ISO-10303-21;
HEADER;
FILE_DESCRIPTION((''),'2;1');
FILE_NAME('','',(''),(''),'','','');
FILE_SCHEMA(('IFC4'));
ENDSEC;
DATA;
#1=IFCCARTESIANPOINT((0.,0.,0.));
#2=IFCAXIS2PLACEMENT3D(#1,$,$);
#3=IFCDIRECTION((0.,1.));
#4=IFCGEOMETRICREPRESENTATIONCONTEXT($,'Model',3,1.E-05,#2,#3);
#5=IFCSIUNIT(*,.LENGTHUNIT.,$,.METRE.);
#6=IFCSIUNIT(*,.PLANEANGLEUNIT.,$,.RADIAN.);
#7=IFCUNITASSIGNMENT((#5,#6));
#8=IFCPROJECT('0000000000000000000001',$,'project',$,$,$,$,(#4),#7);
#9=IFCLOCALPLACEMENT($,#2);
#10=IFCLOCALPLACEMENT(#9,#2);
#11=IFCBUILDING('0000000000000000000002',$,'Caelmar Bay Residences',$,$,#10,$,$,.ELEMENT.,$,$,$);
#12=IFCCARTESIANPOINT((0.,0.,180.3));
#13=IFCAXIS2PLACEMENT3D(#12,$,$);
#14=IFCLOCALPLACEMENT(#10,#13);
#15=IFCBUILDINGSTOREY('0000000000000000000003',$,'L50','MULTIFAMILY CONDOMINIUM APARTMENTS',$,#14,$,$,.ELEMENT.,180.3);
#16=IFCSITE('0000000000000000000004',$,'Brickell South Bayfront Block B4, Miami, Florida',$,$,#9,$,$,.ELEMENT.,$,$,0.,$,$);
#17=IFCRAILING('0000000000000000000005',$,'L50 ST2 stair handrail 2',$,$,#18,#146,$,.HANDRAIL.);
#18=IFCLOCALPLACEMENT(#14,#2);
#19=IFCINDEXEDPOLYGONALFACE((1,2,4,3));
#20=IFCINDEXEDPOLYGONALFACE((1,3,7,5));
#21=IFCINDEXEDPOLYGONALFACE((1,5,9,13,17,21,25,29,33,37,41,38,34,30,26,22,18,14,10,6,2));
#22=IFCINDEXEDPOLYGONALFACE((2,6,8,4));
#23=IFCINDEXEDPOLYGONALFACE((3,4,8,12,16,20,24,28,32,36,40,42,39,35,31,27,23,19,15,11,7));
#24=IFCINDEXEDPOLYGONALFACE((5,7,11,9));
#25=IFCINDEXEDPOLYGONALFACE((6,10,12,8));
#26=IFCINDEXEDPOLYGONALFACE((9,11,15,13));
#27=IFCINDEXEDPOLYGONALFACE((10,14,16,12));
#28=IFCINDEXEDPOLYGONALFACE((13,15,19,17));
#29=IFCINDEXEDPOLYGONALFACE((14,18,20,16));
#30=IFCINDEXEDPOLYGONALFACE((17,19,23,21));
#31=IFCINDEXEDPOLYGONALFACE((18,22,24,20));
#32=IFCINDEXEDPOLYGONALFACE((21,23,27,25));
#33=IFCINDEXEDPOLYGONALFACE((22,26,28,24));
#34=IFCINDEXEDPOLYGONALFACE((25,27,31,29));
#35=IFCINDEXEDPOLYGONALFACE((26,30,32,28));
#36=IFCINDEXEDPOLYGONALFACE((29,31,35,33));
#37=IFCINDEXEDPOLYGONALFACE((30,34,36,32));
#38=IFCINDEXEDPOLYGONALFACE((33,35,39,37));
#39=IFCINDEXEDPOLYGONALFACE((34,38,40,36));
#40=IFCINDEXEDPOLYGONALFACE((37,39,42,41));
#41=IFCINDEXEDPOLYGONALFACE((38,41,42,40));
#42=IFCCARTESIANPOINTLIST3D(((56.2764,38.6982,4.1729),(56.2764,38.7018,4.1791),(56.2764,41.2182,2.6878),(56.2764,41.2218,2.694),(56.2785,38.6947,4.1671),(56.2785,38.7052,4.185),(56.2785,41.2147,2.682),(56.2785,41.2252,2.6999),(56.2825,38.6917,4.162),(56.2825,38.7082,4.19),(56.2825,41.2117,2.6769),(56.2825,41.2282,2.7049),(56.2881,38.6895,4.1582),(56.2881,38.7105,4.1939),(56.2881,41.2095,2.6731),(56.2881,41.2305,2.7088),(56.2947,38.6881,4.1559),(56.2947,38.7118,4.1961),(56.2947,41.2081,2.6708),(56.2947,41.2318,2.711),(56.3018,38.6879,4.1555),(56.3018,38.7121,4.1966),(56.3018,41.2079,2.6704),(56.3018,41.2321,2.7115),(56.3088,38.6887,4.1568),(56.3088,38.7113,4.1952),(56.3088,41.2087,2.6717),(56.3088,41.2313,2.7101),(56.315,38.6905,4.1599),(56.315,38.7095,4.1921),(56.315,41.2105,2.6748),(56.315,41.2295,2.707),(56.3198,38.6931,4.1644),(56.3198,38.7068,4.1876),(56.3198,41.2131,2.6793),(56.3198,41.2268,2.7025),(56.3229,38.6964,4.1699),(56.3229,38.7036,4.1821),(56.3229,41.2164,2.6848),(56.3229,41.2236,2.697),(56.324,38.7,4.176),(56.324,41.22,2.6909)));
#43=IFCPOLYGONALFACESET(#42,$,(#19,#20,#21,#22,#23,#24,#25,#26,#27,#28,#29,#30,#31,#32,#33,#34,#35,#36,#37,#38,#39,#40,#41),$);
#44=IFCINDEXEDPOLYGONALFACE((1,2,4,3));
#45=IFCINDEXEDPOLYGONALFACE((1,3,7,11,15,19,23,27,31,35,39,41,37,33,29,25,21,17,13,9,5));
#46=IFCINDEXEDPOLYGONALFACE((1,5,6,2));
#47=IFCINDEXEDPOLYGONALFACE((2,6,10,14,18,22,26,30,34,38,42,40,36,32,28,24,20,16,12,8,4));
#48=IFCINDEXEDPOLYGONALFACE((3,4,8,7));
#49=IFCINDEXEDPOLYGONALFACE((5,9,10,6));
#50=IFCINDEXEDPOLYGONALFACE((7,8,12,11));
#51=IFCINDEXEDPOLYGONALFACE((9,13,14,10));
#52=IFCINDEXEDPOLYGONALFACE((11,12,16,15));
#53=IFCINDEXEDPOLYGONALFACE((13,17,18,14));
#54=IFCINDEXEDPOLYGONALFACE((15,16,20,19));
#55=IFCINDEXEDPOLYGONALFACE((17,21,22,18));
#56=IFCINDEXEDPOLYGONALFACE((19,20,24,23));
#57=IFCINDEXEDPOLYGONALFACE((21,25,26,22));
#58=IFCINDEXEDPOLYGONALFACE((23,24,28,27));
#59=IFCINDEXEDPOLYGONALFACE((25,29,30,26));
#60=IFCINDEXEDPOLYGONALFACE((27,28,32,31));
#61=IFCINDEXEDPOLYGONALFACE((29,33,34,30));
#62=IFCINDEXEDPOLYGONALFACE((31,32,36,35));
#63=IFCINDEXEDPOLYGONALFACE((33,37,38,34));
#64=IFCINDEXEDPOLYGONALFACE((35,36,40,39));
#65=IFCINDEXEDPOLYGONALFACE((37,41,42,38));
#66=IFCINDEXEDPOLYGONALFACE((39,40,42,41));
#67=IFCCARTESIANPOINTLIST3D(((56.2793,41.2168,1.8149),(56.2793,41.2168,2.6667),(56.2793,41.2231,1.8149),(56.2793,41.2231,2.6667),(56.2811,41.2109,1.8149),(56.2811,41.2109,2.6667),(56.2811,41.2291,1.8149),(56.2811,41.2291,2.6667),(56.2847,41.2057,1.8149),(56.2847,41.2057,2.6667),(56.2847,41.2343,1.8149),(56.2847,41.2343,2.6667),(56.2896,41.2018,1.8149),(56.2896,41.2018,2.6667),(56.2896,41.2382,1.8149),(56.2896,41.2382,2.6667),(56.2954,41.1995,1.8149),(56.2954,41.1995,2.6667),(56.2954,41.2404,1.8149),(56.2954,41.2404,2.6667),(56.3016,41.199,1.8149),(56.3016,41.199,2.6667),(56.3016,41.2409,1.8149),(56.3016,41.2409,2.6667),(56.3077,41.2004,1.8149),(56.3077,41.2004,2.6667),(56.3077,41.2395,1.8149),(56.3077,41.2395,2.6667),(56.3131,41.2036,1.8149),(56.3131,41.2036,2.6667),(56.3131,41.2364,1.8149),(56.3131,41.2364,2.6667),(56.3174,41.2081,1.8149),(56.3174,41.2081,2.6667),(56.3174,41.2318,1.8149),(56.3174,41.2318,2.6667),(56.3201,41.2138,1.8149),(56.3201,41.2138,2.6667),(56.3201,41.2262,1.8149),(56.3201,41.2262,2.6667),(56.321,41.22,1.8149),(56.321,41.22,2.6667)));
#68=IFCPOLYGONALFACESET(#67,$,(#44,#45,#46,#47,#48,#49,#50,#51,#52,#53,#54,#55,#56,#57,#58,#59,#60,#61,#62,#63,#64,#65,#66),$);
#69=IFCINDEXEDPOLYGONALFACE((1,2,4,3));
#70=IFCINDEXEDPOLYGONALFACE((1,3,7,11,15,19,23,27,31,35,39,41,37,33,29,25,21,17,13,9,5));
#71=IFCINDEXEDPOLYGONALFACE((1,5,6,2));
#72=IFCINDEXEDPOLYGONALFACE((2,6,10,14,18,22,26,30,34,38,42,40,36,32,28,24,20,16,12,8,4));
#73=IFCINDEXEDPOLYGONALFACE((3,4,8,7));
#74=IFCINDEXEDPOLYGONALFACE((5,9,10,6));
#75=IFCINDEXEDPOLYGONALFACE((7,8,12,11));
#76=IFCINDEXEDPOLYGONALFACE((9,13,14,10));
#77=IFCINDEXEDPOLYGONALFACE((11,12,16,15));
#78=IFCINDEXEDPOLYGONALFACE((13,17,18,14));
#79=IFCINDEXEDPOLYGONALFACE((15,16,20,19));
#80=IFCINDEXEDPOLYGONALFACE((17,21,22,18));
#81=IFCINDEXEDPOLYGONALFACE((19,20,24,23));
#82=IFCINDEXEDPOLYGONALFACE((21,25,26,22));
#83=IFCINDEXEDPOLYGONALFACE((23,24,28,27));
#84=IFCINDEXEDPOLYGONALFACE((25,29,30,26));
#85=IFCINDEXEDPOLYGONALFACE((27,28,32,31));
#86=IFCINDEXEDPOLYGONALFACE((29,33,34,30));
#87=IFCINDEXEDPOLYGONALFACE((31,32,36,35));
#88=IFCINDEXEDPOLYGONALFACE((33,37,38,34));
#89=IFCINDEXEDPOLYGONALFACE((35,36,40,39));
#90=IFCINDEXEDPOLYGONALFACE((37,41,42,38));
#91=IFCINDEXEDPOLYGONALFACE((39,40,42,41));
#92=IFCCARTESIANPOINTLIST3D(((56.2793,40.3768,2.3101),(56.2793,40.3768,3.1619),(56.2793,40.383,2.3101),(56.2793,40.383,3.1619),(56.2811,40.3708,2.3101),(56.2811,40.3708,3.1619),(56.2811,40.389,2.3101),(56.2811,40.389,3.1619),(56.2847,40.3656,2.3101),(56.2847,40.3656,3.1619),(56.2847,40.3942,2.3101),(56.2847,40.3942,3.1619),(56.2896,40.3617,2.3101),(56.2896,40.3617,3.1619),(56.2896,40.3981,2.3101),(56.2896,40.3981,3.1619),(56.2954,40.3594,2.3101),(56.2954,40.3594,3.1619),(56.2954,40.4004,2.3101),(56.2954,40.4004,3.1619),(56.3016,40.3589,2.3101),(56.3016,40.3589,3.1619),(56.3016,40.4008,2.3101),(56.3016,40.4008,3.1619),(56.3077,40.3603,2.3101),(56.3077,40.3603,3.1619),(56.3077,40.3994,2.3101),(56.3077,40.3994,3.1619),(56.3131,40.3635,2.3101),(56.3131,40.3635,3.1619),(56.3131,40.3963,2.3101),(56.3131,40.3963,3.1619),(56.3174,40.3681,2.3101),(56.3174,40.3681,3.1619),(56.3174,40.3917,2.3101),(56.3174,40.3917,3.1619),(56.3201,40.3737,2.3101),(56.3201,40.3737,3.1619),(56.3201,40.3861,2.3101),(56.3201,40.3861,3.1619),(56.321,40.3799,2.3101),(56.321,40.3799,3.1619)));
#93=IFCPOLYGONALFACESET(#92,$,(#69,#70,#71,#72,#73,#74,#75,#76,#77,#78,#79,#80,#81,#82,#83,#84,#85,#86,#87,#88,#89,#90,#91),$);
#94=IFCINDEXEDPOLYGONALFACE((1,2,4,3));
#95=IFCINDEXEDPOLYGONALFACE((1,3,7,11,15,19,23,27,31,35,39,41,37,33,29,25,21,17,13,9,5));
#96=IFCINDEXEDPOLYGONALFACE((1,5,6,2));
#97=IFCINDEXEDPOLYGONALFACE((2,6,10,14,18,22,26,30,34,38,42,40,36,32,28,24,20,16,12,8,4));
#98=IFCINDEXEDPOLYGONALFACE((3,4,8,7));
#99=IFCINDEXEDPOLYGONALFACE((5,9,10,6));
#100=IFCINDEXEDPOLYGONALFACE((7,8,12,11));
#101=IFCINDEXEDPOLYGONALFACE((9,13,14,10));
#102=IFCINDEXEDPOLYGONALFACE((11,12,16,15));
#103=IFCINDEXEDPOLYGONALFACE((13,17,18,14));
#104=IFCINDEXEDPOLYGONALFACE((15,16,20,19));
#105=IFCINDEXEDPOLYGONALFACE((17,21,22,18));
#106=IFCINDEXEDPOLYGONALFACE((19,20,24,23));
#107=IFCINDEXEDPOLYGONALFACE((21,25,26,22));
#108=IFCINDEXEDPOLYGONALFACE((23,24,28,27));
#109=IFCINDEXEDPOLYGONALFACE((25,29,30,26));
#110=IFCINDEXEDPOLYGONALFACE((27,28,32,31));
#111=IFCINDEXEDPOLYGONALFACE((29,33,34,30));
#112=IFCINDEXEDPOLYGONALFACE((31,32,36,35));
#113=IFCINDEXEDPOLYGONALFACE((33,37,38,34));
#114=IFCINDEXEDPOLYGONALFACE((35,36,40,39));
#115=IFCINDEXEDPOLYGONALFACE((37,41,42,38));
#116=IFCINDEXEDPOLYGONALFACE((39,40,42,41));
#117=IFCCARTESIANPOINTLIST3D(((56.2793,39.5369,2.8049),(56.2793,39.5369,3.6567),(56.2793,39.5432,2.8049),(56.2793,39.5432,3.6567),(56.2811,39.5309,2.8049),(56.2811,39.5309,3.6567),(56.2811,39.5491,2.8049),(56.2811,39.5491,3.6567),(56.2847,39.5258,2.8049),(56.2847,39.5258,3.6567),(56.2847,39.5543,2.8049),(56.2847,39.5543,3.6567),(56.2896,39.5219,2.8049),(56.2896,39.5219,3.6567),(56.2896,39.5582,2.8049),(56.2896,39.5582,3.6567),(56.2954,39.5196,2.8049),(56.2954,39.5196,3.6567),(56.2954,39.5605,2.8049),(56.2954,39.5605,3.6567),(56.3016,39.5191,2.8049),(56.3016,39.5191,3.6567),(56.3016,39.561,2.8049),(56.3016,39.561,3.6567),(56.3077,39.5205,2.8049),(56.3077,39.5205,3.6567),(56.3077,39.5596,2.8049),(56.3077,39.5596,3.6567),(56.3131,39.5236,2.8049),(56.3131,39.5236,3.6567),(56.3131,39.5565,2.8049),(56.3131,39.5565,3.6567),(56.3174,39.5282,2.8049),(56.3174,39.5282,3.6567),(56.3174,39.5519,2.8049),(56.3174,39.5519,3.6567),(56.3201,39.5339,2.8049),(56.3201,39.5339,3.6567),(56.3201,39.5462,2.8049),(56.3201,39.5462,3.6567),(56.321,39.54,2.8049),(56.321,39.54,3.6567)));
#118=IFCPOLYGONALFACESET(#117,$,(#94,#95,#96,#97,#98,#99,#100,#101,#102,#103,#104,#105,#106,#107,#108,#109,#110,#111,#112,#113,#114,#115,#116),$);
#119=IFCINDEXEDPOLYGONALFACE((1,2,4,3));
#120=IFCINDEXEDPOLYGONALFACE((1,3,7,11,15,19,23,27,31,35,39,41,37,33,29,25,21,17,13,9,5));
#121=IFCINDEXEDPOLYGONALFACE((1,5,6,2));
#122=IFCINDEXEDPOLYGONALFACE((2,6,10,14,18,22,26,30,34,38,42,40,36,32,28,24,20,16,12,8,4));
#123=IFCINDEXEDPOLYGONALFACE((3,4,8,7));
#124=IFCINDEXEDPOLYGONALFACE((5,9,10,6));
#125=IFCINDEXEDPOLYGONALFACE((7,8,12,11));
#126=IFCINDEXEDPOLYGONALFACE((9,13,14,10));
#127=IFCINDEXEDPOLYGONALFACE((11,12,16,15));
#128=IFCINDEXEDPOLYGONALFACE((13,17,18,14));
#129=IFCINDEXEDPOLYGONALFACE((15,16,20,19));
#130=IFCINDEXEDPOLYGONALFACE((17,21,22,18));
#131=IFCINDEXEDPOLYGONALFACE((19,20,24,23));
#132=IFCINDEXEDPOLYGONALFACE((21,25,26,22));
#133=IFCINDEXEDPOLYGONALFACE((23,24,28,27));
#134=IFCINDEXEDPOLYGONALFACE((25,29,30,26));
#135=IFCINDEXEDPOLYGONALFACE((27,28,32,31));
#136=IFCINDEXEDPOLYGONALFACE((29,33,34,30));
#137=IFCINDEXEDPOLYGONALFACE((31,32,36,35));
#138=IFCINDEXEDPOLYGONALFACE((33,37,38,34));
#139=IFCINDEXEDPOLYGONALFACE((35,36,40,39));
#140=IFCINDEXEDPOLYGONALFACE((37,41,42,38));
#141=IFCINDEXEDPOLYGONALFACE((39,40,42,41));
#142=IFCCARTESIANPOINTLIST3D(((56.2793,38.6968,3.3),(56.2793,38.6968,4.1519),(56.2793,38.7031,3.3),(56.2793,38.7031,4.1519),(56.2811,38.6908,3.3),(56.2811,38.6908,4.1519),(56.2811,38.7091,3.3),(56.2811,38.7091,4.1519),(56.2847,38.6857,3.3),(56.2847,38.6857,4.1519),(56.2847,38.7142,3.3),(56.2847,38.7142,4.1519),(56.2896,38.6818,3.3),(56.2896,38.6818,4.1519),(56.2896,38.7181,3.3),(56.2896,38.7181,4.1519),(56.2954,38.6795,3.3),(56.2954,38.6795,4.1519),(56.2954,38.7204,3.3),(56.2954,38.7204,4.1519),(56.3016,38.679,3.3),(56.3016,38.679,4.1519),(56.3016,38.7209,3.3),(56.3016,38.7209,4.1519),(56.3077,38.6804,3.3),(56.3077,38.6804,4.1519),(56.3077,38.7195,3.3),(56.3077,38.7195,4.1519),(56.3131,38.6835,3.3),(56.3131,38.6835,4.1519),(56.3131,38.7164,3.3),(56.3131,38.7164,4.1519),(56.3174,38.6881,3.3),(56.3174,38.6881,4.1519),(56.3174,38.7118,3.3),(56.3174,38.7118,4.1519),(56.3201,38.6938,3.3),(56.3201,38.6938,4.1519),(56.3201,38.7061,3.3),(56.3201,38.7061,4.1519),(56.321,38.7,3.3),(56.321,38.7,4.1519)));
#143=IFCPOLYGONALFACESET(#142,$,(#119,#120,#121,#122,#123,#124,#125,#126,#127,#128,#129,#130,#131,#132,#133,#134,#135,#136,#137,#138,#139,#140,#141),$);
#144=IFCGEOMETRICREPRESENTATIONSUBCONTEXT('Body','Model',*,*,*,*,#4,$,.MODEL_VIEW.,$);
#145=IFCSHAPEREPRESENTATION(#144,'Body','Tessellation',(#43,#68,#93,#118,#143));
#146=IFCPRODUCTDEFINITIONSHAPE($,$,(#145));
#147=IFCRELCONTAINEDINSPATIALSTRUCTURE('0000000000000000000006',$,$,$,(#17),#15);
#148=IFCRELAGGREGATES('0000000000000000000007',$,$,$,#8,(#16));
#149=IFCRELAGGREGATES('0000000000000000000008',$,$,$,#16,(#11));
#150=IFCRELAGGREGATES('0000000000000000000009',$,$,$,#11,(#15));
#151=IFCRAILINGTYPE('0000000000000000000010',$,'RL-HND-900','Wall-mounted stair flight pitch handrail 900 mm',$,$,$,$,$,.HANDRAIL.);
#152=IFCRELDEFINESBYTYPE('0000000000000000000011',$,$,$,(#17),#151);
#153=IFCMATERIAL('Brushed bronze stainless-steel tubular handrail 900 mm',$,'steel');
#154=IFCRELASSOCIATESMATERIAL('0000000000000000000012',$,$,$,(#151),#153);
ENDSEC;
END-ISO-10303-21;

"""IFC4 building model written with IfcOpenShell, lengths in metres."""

from ifc_helpers import new_model, si_unit, direction, frame, origin, origin_2d, place, context, subcontext, project, spatial, circle, extrude, material, type_object, element, save


model = new_model("IFC4")

# Units and contexts
model_context = context("Model", 3, precision=1e-05, world=origin(), true_north=direction((0.0, 1.0)))
body_context = subcontext(model_context, "Body", "Model", "MODEL_VIEW")
ifc_project = project(units=[si_unit("LENGTHUNIT", "METRE"), si_unit("PLANEANGLEUNIT", "RADIAN")], contexts=[model_context])

# Site, building, storey
site_placement = place(None, origin())
site = spatial("IfcSite", under=ifc_project, at=site_placement, Name="Brickell South Bayfront Block B4, Miami, Florida", CompositionType="ELEMENT", RefElevation=0.0)
building_placement = place(site_placement, origin())
building = spatial("IfcBuilding", under=site, at=building_placement, Name="Caelmar Bay Residences", CompositionType="ELEMENT")
storey_placement = place(building_placement, frame((0.0, 0.0, 180.3)))
storey = spatial("IfcBuildingStorey", under=building, at=storey_placement, Name="L50", Description="MULTIFAMILY CONDOMINIUM APARTMENTS", CompositionType="ELEMENT", Elevation=180.3)

# Railing
ifc_material_1 = material(Name="Brushed bronze stainless-steel tubular handrail 900 mm", Category="steel")
railing_type_1 = type_object("IfcRailingType", Name="RL-HND-900", Description="Wall-mounted stair flight pitch handrail 900 mm", PredefinedType="HANDRAIL", material=ifc_material_1)
railing_1_placement = place(storey_placement, frame((56.3, 41.22, 1.8149)))
element("IfcRailing", 1, at=railing_1_placement, inside=storey, type_object=railing_type_1, Name="L50 ST2 stair handrail 2", PredefinedType="HANDRAIL", context=body_context, shape_type="SweptSolid", body=[
    extrude(circle(Radius=0.0239, at=origin_2d()), frame((0.0, 0.0, 0.876), z_axis=(0.0, -0.861524, 0.507717), x_axis=(1.0, 0.0, 0.0)), (0.0, 0.0, 1.0), 2.925),
    extrude(circle(Radius=0.021, at=origin_2d()), origin(), (0.0, 0.0, 1.0), 0.8518),
    extrude(circle(Radius=0.021, at=origin_2d()), frame((0.0, -0.8401, 0.4951)), (0.0, 0.0, 1.0), 0.8518),
    extrude(circle(Radius=0.021, at=origin_2d()), frame((0.0, -1.6799, 0.99)), (0.0, 0.0, 1.0), 0.8518),
    extrude(circle(Radius=0.021, at=origin_2d()), frame((0.0, -2.52, 1.4851)), (0.0, 0.0, 1.0), 0.8518),
])

save(model, "model.ifc")
